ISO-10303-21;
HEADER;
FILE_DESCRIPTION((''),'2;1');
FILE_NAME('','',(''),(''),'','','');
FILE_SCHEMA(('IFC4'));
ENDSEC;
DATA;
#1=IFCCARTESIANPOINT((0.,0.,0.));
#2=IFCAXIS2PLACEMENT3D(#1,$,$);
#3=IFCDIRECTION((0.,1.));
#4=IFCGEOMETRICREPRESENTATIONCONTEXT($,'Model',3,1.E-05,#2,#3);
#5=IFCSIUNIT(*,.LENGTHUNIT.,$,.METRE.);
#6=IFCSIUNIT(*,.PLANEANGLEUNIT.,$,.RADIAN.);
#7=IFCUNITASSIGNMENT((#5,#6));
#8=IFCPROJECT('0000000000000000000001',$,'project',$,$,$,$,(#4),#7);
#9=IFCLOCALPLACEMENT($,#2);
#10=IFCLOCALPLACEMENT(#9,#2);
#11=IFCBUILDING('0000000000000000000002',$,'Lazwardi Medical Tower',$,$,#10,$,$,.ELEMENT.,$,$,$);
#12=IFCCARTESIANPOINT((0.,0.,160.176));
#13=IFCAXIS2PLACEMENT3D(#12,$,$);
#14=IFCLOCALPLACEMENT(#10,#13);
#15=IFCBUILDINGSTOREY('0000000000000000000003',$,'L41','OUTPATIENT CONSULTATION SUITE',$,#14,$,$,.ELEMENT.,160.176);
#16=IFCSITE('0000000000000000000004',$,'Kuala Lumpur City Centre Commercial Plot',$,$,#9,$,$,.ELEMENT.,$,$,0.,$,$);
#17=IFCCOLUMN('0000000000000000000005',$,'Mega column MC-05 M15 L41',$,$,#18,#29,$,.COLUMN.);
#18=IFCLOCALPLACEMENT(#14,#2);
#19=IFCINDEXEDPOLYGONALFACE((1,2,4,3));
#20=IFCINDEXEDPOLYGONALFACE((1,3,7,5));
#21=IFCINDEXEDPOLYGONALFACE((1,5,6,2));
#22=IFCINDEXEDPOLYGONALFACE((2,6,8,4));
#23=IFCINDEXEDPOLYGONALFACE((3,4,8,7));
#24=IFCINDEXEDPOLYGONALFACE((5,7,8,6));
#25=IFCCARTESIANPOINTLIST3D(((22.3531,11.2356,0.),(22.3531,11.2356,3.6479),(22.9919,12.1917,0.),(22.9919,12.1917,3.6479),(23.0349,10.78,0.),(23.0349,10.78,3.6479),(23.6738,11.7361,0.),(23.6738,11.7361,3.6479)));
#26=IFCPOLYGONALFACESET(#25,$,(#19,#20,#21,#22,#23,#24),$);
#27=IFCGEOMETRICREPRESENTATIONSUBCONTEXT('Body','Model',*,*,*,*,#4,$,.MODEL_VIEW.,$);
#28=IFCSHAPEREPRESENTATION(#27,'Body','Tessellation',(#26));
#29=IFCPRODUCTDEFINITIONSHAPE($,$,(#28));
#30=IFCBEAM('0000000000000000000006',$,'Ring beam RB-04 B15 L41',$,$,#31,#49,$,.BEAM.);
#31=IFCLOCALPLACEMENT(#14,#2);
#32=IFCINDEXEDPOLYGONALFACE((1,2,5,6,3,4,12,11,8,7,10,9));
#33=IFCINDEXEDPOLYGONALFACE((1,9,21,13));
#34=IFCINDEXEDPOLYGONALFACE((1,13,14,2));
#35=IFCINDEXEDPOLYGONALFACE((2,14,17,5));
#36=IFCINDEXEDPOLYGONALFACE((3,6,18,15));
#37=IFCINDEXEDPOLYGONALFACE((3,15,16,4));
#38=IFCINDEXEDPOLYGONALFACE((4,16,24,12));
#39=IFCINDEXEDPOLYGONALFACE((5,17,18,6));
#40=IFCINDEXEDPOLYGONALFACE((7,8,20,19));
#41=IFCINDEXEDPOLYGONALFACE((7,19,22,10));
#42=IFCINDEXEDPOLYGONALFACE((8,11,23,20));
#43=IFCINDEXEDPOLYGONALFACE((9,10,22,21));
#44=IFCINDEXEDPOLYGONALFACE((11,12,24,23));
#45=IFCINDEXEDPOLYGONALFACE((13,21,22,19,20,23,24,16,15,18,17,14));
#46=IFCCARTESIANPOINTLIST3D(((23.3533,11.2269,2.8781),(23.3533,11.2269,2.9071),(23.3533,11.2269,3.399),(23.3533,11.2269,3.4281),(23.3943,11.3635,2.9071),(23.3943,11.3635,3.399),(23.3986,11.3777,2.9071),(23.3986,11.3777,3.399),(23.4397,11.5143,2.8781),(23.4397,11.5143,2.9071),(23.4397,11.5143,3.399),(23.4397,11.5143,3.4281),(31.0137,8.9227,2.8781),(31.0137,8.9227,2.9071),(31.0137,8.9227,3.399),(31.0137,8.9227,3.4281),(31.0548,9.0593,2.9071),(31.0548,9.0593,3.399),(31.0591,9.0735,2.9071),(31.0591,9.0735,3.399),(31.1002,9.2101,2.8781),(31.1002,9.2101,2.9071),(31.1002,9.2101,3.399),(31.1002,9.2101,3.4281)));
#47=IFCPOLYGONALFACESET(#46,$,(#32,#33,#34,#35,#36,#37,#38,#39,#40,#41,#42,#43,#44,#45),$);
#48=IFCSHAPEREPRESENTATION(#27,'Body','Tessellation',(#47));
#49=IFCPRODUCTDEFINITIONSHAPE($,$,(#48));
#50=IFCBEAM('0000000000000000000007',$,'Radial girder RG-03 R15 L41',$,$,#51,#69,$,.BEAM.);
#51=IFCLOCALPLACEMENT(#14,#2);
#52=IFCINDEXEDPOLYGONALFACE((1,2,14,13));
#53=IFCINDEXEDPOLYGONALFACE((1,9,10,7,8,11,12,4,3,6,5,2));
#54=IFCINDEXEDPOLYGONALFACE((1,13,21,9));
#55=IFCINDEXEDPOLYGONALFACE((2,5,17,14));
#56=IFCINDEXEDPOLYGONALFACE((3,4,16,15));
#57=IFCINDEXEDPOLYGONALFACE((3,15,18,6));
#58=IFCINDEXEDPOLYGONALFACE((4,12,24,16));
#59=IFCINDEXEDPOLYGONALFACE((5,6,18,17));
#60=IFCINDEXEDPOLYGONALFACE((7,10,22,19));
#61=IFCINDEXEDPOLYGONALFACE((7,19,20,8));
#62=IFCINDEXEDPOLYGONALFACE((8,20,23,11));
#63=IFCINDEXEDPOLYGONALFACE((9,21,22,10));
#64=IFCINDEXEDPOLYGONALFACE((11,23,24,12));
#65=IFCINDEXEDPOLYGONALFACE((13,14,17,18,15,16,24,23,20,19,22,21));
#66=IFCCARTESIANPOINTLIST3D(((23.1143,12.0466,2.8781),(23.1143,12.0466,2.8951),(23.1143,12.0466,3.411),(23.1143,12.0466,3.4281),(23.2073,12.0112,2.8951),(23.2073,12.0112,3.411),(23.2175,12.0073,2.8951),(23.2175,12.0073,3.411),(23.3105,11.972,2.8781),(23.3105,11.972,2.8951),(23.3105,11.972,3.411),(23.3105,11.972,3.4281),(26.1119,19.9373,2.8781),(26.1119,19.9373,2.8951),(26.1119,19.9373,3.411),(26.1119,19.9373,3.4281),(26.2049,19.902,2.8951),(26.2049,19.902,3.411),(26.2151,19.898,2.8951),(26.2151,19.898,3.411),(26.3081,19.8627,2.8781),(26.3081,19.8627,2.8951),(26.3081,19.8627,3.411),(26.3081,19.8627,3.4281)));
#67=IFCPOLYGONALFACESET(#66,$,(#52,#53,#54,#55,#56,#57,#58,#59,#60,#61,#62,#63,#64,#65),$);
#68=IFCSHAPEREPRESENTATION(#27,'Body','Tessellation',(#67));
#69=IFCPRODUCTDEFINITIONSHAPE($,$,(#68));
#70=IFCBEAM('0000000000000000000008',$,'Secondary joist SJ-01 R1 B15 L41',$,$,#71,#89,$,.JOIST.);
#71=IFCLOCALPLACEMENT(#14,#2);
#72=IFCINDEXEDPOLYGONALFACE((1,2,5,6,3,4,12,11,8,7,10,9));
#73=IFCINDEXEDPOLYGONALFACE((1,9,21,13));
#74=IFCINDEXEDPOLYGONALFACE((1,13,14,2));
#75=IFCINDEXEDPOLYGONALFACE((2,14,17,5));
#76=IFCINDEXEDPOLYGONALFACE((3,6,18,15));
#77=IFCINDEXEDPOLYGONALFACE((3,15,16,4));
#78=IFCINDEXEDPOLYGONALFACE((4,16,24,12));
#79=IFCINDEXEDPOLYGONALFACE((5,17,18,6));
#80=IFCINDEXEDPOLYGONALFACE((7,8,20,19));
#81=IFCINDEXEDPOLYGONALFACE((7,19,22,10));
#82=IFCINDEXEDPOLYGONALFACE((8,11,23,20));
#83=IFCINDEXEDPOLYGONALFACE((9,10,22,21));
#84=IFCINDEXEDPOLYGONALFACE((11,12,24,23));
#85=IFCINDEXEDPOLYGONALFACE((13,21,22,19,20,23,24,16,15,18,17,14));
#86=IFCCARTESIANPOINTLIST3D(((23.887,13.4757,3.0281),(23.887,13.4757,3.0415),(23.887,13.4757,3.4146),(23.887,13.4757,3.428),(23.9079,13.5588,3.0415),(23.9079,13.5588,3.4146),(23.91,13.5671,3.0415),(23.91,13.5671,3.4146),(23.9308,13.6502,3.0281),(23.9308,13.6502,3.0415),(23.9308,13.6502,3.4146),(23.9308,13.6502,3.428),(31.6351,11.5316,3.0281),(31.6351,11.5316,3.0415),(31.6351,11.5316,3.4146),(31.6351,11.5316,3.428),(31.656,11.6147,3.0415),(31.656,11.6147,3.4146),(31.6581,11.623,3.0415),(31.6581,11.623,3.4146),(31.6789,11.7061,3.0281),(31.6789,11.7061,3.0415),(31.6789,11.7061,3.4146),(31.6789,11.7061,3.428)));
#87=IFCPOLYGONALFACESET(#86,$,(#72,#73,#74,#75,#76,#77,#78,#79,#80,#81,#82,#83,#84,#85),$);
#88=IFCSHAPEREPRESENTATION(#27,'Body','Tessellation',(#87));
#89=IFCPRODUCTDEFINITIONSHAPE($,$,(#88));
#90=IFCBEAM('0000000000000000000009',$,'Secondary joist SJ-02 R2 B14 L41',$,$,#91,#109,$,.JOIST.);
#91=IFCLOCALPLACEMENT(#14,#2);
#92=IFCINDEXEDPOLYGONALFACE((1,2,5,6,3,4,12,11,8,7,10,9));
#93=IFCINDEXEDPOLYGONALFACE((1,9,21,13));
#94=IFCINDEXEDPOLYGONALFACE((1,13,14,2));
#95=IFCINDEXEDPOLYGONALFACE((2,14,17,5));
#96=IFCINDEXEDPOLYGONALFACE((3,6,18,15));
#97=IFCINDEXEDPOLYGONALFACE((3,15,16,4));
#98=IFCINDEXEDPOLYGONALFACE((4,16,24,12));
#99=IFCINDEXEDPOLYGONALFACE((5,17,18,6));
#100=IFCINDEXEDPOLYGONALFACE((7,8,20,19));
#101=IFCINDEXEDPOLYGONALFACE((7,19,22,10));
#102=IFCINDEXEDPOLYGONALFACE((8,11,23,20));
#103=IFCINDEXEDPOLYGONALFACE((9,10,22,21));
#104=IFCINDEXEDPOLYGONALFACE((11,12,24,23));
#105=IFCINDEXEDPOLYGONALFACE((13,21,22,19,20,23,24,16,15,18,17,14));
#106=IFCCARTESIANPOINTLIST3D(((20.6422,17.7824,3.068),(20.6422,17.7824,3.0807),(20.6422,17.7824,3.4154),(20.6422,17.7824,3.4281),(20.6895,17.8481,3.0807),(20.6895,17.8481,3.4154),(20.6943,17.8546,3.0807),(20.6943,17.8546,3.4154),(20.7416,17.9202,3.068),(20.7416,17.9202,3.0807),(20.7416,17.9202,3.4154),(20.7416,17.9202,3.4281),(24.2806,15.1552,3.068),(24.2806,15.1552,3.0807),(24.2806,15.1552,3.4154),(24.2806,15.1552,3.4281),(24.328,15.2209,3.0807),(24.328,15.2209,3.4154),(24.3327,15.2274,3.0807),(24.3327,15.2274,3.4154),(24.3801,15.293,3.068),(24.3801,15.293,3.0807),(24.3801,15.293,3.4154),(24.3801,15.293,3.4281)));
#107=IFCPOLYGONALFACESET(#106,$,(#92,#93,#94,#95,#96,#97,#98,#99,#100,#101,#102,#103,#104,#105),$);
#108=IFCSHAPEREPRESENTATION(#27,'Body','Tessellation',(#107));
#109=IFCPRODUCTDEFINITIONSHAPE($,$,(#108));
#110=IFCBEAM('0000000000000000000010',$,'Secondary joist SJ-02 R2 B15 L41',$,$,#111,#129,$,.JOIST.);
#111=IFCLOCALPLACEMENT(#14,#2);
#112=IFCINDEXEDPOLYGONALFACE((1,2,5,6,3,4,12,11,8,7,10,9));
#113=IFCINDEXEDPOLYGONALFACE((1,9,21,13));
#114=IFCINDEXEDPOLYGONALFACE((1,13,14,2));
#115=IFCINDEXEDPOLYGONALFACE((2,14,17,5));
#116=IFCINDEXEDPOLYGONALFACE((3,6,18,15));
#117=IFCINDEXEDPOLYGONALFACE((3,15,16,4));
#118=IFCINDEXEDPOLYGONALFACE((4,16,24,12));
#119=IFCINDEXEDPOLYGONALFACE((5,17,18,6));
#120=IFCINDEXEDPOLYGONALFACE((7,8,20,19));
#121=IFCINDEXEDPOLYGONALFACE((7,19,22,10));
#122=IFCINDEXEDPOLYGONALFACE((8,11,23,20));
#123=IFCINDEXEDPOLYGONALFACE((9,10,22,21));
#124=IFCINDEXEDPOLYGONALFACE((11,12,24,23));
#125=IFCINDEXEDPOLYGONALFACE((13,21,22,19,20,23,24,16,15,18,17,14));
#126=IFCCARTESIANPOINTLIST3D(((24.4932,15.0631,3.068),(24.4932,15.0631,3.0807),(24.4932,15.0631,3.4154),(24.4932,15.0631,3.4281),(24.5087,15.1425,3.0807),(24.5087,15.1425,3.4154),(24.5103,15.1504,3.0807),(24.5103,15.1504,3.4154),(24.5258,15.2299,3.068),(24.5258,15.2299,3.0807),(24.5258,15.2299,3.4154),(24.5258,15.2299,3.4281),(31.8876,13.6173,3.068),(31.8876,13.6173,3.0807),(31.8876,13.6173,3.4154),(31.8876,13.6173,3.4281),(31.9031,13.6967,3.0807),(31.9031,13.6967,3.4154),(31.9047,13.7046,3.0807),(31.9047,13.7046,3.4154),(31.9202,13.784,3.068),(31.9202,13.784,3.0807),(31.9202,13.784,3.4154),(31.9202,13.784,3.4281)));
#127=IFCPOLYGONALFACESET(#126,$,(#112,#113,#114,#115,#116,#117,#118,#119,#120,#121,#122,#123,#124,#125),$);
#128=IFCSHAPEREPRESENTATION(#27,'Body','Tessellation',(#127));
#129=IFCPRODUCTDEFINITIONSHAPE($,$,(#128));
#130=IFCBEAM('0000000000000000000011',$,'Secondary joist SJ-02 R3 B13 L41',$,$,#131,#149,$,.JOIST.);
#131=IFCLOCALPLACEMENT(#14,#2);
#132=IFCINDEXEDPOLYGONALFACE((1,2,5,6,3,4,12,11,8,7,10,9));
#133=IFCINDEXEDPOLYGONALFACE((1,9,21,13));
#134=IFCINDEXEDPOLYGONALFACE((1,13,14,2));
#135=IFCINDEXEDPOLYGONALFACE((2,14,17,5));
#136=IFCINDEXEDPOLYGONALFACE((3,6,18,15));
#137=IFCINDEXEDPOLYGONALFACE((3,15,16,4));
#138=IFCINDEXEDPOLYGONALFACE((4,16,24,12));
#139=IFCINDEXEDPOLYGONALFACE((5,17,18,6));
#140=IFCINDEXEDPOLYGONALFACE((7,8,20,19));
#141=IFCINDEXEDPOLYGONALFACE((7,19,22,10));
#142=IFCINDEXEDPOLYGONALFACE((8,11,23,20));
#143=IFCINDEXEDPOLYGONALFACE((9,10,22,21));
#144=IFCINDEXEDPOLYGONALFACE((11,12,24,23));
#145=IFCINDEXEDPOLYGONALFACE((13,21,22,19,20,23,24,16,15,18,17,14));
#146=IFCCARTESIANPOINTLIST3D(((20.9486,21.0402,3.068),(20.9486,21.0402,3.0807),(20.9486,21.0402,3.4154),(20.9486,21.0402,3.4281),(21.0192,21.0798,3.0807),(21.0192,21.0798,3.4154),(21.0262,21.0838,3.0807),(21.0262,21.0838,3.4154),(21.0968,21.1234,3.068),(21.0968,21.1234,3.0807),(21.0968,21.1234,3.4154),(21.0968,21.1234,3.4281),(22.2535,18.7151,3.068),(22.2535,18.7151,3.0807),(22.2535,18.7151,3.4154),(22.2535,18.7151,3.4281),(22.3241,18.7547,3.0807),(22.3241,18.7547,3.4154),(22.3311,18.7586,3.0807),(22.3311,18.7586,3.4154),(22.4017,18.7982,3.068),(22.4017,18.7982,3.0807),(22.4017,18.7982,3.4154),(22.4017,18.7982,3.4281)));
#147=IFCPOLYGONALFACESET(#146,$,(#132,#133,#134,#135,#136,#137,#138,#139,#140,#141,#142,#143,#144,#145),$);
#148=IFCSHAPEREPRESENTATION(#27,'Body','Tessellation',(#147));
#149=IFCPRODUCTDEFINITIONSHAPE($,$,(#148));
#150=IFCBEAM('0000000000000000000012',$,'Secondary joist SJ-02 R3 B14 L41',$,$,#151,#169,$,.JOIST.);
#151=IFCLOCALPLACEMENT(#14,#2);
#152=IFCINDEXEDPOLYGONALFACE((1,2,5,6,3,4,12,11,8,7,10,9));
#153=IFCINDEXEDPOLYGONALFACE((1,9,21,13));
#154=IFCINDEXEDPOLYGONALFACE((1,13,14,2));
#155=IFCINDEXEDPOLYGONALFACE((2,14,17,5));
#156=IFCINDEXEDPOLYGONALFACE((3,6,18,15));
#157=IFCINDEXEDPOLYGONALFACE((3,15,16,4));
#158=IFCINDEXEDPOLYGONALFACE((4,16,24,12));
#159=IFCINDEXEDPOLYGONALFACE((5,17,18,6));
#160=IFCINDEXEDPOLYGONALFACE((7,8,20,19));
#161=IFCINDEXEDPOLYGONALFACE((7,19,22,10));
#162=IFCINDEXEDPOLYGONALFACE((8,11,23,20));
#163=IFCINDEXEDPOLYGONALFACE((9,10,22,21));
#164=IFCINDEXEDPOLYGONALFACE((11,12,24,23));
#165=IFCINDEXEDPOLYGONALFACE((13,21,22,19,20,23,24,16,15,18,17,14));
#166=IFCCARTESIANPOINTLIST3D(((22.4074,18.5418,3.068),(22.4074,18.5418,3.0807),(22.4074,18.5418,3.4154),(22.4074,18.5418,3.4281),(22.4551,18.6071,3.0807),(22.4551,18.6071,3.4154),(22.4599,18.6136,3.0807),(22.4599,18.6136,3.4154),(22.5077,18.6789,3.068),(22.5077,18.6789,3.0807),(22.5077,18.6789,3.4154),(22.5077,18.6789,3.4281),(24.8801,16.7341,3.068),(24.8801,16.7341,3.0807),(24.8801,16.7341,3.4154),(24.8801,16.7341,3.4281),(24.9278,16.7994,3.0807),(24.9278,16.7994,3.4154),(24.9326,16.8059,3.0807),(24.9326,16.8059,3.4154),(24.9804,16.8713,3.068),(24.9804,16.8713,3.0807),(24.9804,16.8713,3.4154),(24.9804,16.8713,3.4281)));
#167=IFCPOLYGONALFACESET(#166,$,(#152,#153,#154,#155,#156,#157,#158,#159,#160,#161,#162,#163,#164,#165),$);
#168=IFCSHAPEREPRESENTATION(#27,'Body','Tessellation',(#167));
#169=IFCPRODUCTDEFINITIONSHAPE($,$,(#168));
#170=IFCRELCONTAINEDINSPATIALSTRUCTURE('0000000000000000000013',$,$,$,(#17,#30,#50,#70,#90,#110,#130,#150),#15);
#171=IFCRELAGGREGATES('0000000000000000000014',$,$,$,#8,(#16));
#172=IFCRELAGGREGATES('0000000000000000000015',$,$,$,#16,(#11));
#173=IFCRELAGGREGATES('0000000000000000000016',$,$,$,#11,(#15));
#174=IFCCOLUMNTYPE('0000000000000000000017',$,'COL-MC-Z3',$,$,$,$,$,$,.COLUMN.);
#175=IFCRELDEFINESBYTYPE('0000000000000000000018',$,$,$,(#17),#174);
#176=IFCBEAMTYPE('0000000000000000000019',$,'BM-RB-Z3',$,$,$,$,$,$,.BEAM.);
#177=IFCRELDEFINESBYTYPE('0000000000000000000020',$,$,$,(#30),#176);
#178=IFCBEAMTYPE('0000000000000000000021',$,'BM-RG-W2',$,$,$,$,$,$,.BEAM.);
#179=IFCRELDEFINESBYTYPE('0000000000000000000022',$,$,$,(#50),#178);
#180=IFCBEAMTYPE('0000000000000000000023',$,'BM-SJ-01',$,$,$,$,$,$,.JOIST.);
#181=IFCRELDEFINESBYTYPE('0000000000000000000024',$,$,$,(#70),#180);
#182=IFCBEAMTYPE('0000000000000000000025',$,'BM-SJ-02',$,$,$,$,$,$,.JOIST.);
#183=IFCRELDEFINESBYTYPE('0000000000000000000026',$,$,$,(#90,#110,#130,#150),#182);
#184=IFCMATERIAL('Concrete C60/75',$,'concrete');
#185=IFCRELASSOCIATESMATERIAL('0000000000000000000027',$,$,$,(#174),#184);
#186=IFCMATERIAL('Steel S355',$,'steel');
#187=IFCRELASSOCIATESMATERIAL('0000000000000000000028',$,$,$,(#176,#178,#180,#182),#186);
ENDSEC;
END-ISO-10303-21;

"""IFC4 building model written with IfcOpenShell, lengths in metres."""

from ifc_helpers import new_model, si_unit, direction, frame, origin, origin_2d, place, context, subcontext, project, spatial, rectangle, i_section, extrude, material, material_profile, profile_set, type_object, element, save


model = new_model("IFC4")

# Units and contexts
model_context = context("Model", 3, precision=1e-05, world=origin(), true_north=direction((0.0, 1.0)))
body_context = subcontext(model_context, "Body", "Model", "MODEL_VIEW")
ifc_project = project(units=[si_unit("LENGTHUNIT", "METRE"), si_unit("PLANEANGLEUNIT", "RADIAN")], contexts=[model_context])

# Site, building, storey
site_placement = place(None, origin())
site = spatial("IfcSite", under=ifc_project, at=site_placement, Name="Kuala Lumpur City Centre Commercial Plot", CompositionType="ELEMENT", RefElevation=0.0)
building_placement = place(site_placement, origin())
building = spatial("IfcBuilding", under=site, at=building_placement, Name="Lazwardi Medical Tower", CompositionType="ELEMENT")
storey_placement = place(building_placement, frame((0.0, 0.0, 160.176)))
storey = spatial("IfcBuildingStorey", under=building, at=storey_placement, Name="L41", Description="OUTPATIENT CONSULTATION SUITE", CompositionType="ELEMENT", Elevation=160.176)

# Column
ifc_material_1 = material(Name="Concrete C60/75", Category="concrete")
ifc_material_profile_1 = material_profile(ifc_material_1, rectangle(XDim=1.1499, YDim=0.8201, at=origin_2d()), Name="CFT-RECT 1150x820")
ifc_profile_set_1 = profile_set([ifc_material_profile_1], Name="Concrete C60/75")
column_type = type_object("IfcColumnType", Name="COL-MC-Z3", PredefinedType="COLUMN", material=ifc_profile_set_1)
column_placement = place(storey_placement, frame((23.0134, 11.4858, 0.0), z_axis=(0.0, 0.0, 1.0), x_axis=(-0.55557, -0.83147, 0.0)))
element("IfcColumn", 1, at=column_placement, inside=storey, type_object=column_type, Name="Mega column MC-05 M15 L41", PredefinedType="COLUMN", context=body_context, shape_type="SweptSolid", body=[
    extrude(rectangle(XDim=1.1499, YDim=0.8201, at=origin_2d()), origin(), (0.0, 0.0, 1.0), 3.6479),
])

# Beams
ifc_material_2 = material(Name="Steel S355", Category="steel")
ifc_material_profile_2 = material_profile(ifc_material_2, i_section(OverallWidth=0.3, OverallDepth=0.55, WebThickness=0.0149, FlangeThickness=0.0291, at=origin_2d()), Name="HEB 550")
ifc_profile_set_2 = profile_set([ifc_material_profile_2], Name="Steel S355")
beam_type_1 = type_object("IfcBeamType", Name="BM-RB-Z3", PredefinedType="BEAM", material=ifc_profile_set_2)
beam_1_placement = place(storey_placement, frame((23.3965, 11.3706, 3.1531), z_axis=(0.957617, -0.288045, 0.0), x_axis=(0.288045, 0.957617, 0.0)))
element("IfcBeam", 2, at=beam_1_placement, inside=storey, type_object=beam_type_1, Name="Ring beam RB-04 B15 L41", PredefinedType="BEAM", context=body_context, shape_type="SweptSolid", body=[
    extrude(i_section(OverallWidth=0.3, OverallDepth=0.55, WebThickness=0.0149, FlangeThickness=0.0291, at=origin_2d()), origin(), (0.0, 0.0, 1.0), 7.9995),
])
ifc_material_profile_3 = material_profile(ifc_material_2, i_section(OverallWidth=0.21, OverallDepth=0.55, WebThickness=0.011, FlangeThickness=0.0171, at=origin_2d()), Name="IPE 550")
ifc_profile_set_3 = profile_set([ifc_material_profile_3], Name="Steel S355")
beam_type_2 = type_object("IfcBeamType", Name="BM-RG-W2", PredefinedType="BEAM", material=ifc_profile_set_3)
beam_2_placement = place(storey_placement, frame((23.2124, 12.0093, 3.1531), z_axis=(0.355127, 0.934818, 0.0), x_axis=(-0.934818, 0.355127, 0.0)))
element("IfcBeam", 3, at=beam_2_placement, inside=storey, type_object=beam_type_2, Name="Radial girder RG-03 R15 L41", PredefinedType="BEAM", context=body_context, shape_type="SweptSolid", body=[
    extrude(i_section(OverallWidth=0.21, OverallDepth=0.55, WebThickness=0.011, FlangeThickness=0.0171, at=origin_2d()), origin(), (0.0, 0.0, 1.0), 8.4409),
])
ifc_material_profile_4 = material_profile(ifc_material_2, i_section(OverallWidth=0.1799, OverallDepth=0.3999, WebThickness=0.0085, FlangeThickness=0.0134, at=origin_2d()), Name="IPE 400")
ifc_profile_set_4 = profile_set([ifc_material_profile_4], Name="Steel S355")
beam_type_3 = type_object("IfcBeamType", Name="BM-SJ-01", PredefinedType="JOIST", material=ifc_profile_set_4)
beam_3_placement = place(storey_placement, frame((23.9089, 13.563, 3.228), z_axis=(0.969934, -0.24337, 0.0), x_axis=(0.24337, 0.969934, 0.0)))
element("IfcBeam", 4, at=beam_3_placement, inside=storey, type_object=beam_type_3, Name="Secondary joist SJ-01 R1 B15 L41", PredefinedType="JOIST", context=body_context, shape_type="SweptSolid", body=[
    extrude(i_section(OverallWidth=0.1799, OverallDepth=0.3999, WebThickness=0.0085, FlangeThickness=0.0134, at=origin_2d()), origin(), (0.0, 0.0, 1.0), 7.9883),
])
ifc_material_profile_5 = material_profile(ifc_material_2, i_section(OverallWidth=0.1699, OverallDepth=0.3601, WebThickness=0.0081, FlangeThickness=0.0127, at=origin_2d()), Name="IPE 360")
ifc_profile_set_5 = profile_set([ifc_material_profile_5], Name="Steel S355")
beam_type_4 = type_object("IfcBeamType", Name="BM-SJ-02", PredefinedType="JOIST", material=ifc_profile_set_5)
beam_4_placement = place(storey_placement, frame((20.6919, 17.8513, 3.248), z_axis=(0.810738, -0.585409, 0.0), x_axis=(0.585409, 0.810738, 0.0)))
element("IfcBeam", 5, at=beam_4_placement, inside=storey, type_object=beam_type_4, Name="Secondary joist SJ-02 R2 B14 L41", PredefinedType="JOIST", context=body_context, shape_type="SweptSolid", body=[
    extrude(i_section(OverallWidth=0.1699, OverallDepth=0.3601, WebThickness=0.0081, FlangeThickness=0.0127, at=origin_2d()), origin(), (0.0, 0.0, 1.0), 4.4878),
])
beam_5_placement = place(storey_placement, frame((24.5095, 15.1465, 3.248), z_axis=(0.981415, -0.191896, 0.0), x_axis=(0.191896, 0.981415, 0.0)))
element("IfcBeam", 6, at=beam_5_placement, inside=storey, type_object=beam_type_4, Name="Secondary joist SJ-02 R2 B15 L41", PredefinedType="JOIST", context=body_context, shape_type="SweptSolid", body=[
    extrude(i_section(OverallWidth=0.1699, OverallDepth=0.3601, WebThickness=0.0081, FlangeThickness=0.0127, at=origin_2d()), origin(), (0.0, 0.0, 1.0), 7.5344),
])
beam_6_placement = place(storey_placement, frame((21.0227, 21.0818, 3.248), z_axis=(0.489409, -0.872054, 0.0), x_axis=(0.872054, 0.489409, 0.0)))
element("IfcBeam", 7, at=beam_6_placement, inside=storey, type_object=beam_type_4, Name="Secondary joist SJ-02 R3 B13 L41", PredefinedType="JOIST", context=body_context, shape_type="SweptSolid", body=[
    extrude(i_section(OverallWidth=0.1699, OverallDepth=0.3601, WebThickness=0.0081, FlangeThickness=0.0127, at=origin_2d()), origin(), (0.0, 0.0, 1.0), 2.6663),
])
beam_7_placement = place(storey_placement, frame((22.4575, 18.6104, 3.248), z_axis=(0.807286, -0.59016, 0.0), x_axis=(0.59016, 0.807286, 0.0)))
element("IfcBeam", 8, at=beam_7_placement, inside=storey, type_object=beam_type_4, Name="Secondary joist SJ-02 R3 B14 L41", PredefinedType="JOIST", context=body_context, shape_type="SweptSolid", body=[
    extrude(i_section(OverallWidth=0.1699, OverallDepth=0.3601, WebThickness=0.0081, FlangeThickness=0.0127, at=origin_2d()), origin(), (0.0, 0.0, 1.0), 3.063),
])

save(model, "model.ifc")
